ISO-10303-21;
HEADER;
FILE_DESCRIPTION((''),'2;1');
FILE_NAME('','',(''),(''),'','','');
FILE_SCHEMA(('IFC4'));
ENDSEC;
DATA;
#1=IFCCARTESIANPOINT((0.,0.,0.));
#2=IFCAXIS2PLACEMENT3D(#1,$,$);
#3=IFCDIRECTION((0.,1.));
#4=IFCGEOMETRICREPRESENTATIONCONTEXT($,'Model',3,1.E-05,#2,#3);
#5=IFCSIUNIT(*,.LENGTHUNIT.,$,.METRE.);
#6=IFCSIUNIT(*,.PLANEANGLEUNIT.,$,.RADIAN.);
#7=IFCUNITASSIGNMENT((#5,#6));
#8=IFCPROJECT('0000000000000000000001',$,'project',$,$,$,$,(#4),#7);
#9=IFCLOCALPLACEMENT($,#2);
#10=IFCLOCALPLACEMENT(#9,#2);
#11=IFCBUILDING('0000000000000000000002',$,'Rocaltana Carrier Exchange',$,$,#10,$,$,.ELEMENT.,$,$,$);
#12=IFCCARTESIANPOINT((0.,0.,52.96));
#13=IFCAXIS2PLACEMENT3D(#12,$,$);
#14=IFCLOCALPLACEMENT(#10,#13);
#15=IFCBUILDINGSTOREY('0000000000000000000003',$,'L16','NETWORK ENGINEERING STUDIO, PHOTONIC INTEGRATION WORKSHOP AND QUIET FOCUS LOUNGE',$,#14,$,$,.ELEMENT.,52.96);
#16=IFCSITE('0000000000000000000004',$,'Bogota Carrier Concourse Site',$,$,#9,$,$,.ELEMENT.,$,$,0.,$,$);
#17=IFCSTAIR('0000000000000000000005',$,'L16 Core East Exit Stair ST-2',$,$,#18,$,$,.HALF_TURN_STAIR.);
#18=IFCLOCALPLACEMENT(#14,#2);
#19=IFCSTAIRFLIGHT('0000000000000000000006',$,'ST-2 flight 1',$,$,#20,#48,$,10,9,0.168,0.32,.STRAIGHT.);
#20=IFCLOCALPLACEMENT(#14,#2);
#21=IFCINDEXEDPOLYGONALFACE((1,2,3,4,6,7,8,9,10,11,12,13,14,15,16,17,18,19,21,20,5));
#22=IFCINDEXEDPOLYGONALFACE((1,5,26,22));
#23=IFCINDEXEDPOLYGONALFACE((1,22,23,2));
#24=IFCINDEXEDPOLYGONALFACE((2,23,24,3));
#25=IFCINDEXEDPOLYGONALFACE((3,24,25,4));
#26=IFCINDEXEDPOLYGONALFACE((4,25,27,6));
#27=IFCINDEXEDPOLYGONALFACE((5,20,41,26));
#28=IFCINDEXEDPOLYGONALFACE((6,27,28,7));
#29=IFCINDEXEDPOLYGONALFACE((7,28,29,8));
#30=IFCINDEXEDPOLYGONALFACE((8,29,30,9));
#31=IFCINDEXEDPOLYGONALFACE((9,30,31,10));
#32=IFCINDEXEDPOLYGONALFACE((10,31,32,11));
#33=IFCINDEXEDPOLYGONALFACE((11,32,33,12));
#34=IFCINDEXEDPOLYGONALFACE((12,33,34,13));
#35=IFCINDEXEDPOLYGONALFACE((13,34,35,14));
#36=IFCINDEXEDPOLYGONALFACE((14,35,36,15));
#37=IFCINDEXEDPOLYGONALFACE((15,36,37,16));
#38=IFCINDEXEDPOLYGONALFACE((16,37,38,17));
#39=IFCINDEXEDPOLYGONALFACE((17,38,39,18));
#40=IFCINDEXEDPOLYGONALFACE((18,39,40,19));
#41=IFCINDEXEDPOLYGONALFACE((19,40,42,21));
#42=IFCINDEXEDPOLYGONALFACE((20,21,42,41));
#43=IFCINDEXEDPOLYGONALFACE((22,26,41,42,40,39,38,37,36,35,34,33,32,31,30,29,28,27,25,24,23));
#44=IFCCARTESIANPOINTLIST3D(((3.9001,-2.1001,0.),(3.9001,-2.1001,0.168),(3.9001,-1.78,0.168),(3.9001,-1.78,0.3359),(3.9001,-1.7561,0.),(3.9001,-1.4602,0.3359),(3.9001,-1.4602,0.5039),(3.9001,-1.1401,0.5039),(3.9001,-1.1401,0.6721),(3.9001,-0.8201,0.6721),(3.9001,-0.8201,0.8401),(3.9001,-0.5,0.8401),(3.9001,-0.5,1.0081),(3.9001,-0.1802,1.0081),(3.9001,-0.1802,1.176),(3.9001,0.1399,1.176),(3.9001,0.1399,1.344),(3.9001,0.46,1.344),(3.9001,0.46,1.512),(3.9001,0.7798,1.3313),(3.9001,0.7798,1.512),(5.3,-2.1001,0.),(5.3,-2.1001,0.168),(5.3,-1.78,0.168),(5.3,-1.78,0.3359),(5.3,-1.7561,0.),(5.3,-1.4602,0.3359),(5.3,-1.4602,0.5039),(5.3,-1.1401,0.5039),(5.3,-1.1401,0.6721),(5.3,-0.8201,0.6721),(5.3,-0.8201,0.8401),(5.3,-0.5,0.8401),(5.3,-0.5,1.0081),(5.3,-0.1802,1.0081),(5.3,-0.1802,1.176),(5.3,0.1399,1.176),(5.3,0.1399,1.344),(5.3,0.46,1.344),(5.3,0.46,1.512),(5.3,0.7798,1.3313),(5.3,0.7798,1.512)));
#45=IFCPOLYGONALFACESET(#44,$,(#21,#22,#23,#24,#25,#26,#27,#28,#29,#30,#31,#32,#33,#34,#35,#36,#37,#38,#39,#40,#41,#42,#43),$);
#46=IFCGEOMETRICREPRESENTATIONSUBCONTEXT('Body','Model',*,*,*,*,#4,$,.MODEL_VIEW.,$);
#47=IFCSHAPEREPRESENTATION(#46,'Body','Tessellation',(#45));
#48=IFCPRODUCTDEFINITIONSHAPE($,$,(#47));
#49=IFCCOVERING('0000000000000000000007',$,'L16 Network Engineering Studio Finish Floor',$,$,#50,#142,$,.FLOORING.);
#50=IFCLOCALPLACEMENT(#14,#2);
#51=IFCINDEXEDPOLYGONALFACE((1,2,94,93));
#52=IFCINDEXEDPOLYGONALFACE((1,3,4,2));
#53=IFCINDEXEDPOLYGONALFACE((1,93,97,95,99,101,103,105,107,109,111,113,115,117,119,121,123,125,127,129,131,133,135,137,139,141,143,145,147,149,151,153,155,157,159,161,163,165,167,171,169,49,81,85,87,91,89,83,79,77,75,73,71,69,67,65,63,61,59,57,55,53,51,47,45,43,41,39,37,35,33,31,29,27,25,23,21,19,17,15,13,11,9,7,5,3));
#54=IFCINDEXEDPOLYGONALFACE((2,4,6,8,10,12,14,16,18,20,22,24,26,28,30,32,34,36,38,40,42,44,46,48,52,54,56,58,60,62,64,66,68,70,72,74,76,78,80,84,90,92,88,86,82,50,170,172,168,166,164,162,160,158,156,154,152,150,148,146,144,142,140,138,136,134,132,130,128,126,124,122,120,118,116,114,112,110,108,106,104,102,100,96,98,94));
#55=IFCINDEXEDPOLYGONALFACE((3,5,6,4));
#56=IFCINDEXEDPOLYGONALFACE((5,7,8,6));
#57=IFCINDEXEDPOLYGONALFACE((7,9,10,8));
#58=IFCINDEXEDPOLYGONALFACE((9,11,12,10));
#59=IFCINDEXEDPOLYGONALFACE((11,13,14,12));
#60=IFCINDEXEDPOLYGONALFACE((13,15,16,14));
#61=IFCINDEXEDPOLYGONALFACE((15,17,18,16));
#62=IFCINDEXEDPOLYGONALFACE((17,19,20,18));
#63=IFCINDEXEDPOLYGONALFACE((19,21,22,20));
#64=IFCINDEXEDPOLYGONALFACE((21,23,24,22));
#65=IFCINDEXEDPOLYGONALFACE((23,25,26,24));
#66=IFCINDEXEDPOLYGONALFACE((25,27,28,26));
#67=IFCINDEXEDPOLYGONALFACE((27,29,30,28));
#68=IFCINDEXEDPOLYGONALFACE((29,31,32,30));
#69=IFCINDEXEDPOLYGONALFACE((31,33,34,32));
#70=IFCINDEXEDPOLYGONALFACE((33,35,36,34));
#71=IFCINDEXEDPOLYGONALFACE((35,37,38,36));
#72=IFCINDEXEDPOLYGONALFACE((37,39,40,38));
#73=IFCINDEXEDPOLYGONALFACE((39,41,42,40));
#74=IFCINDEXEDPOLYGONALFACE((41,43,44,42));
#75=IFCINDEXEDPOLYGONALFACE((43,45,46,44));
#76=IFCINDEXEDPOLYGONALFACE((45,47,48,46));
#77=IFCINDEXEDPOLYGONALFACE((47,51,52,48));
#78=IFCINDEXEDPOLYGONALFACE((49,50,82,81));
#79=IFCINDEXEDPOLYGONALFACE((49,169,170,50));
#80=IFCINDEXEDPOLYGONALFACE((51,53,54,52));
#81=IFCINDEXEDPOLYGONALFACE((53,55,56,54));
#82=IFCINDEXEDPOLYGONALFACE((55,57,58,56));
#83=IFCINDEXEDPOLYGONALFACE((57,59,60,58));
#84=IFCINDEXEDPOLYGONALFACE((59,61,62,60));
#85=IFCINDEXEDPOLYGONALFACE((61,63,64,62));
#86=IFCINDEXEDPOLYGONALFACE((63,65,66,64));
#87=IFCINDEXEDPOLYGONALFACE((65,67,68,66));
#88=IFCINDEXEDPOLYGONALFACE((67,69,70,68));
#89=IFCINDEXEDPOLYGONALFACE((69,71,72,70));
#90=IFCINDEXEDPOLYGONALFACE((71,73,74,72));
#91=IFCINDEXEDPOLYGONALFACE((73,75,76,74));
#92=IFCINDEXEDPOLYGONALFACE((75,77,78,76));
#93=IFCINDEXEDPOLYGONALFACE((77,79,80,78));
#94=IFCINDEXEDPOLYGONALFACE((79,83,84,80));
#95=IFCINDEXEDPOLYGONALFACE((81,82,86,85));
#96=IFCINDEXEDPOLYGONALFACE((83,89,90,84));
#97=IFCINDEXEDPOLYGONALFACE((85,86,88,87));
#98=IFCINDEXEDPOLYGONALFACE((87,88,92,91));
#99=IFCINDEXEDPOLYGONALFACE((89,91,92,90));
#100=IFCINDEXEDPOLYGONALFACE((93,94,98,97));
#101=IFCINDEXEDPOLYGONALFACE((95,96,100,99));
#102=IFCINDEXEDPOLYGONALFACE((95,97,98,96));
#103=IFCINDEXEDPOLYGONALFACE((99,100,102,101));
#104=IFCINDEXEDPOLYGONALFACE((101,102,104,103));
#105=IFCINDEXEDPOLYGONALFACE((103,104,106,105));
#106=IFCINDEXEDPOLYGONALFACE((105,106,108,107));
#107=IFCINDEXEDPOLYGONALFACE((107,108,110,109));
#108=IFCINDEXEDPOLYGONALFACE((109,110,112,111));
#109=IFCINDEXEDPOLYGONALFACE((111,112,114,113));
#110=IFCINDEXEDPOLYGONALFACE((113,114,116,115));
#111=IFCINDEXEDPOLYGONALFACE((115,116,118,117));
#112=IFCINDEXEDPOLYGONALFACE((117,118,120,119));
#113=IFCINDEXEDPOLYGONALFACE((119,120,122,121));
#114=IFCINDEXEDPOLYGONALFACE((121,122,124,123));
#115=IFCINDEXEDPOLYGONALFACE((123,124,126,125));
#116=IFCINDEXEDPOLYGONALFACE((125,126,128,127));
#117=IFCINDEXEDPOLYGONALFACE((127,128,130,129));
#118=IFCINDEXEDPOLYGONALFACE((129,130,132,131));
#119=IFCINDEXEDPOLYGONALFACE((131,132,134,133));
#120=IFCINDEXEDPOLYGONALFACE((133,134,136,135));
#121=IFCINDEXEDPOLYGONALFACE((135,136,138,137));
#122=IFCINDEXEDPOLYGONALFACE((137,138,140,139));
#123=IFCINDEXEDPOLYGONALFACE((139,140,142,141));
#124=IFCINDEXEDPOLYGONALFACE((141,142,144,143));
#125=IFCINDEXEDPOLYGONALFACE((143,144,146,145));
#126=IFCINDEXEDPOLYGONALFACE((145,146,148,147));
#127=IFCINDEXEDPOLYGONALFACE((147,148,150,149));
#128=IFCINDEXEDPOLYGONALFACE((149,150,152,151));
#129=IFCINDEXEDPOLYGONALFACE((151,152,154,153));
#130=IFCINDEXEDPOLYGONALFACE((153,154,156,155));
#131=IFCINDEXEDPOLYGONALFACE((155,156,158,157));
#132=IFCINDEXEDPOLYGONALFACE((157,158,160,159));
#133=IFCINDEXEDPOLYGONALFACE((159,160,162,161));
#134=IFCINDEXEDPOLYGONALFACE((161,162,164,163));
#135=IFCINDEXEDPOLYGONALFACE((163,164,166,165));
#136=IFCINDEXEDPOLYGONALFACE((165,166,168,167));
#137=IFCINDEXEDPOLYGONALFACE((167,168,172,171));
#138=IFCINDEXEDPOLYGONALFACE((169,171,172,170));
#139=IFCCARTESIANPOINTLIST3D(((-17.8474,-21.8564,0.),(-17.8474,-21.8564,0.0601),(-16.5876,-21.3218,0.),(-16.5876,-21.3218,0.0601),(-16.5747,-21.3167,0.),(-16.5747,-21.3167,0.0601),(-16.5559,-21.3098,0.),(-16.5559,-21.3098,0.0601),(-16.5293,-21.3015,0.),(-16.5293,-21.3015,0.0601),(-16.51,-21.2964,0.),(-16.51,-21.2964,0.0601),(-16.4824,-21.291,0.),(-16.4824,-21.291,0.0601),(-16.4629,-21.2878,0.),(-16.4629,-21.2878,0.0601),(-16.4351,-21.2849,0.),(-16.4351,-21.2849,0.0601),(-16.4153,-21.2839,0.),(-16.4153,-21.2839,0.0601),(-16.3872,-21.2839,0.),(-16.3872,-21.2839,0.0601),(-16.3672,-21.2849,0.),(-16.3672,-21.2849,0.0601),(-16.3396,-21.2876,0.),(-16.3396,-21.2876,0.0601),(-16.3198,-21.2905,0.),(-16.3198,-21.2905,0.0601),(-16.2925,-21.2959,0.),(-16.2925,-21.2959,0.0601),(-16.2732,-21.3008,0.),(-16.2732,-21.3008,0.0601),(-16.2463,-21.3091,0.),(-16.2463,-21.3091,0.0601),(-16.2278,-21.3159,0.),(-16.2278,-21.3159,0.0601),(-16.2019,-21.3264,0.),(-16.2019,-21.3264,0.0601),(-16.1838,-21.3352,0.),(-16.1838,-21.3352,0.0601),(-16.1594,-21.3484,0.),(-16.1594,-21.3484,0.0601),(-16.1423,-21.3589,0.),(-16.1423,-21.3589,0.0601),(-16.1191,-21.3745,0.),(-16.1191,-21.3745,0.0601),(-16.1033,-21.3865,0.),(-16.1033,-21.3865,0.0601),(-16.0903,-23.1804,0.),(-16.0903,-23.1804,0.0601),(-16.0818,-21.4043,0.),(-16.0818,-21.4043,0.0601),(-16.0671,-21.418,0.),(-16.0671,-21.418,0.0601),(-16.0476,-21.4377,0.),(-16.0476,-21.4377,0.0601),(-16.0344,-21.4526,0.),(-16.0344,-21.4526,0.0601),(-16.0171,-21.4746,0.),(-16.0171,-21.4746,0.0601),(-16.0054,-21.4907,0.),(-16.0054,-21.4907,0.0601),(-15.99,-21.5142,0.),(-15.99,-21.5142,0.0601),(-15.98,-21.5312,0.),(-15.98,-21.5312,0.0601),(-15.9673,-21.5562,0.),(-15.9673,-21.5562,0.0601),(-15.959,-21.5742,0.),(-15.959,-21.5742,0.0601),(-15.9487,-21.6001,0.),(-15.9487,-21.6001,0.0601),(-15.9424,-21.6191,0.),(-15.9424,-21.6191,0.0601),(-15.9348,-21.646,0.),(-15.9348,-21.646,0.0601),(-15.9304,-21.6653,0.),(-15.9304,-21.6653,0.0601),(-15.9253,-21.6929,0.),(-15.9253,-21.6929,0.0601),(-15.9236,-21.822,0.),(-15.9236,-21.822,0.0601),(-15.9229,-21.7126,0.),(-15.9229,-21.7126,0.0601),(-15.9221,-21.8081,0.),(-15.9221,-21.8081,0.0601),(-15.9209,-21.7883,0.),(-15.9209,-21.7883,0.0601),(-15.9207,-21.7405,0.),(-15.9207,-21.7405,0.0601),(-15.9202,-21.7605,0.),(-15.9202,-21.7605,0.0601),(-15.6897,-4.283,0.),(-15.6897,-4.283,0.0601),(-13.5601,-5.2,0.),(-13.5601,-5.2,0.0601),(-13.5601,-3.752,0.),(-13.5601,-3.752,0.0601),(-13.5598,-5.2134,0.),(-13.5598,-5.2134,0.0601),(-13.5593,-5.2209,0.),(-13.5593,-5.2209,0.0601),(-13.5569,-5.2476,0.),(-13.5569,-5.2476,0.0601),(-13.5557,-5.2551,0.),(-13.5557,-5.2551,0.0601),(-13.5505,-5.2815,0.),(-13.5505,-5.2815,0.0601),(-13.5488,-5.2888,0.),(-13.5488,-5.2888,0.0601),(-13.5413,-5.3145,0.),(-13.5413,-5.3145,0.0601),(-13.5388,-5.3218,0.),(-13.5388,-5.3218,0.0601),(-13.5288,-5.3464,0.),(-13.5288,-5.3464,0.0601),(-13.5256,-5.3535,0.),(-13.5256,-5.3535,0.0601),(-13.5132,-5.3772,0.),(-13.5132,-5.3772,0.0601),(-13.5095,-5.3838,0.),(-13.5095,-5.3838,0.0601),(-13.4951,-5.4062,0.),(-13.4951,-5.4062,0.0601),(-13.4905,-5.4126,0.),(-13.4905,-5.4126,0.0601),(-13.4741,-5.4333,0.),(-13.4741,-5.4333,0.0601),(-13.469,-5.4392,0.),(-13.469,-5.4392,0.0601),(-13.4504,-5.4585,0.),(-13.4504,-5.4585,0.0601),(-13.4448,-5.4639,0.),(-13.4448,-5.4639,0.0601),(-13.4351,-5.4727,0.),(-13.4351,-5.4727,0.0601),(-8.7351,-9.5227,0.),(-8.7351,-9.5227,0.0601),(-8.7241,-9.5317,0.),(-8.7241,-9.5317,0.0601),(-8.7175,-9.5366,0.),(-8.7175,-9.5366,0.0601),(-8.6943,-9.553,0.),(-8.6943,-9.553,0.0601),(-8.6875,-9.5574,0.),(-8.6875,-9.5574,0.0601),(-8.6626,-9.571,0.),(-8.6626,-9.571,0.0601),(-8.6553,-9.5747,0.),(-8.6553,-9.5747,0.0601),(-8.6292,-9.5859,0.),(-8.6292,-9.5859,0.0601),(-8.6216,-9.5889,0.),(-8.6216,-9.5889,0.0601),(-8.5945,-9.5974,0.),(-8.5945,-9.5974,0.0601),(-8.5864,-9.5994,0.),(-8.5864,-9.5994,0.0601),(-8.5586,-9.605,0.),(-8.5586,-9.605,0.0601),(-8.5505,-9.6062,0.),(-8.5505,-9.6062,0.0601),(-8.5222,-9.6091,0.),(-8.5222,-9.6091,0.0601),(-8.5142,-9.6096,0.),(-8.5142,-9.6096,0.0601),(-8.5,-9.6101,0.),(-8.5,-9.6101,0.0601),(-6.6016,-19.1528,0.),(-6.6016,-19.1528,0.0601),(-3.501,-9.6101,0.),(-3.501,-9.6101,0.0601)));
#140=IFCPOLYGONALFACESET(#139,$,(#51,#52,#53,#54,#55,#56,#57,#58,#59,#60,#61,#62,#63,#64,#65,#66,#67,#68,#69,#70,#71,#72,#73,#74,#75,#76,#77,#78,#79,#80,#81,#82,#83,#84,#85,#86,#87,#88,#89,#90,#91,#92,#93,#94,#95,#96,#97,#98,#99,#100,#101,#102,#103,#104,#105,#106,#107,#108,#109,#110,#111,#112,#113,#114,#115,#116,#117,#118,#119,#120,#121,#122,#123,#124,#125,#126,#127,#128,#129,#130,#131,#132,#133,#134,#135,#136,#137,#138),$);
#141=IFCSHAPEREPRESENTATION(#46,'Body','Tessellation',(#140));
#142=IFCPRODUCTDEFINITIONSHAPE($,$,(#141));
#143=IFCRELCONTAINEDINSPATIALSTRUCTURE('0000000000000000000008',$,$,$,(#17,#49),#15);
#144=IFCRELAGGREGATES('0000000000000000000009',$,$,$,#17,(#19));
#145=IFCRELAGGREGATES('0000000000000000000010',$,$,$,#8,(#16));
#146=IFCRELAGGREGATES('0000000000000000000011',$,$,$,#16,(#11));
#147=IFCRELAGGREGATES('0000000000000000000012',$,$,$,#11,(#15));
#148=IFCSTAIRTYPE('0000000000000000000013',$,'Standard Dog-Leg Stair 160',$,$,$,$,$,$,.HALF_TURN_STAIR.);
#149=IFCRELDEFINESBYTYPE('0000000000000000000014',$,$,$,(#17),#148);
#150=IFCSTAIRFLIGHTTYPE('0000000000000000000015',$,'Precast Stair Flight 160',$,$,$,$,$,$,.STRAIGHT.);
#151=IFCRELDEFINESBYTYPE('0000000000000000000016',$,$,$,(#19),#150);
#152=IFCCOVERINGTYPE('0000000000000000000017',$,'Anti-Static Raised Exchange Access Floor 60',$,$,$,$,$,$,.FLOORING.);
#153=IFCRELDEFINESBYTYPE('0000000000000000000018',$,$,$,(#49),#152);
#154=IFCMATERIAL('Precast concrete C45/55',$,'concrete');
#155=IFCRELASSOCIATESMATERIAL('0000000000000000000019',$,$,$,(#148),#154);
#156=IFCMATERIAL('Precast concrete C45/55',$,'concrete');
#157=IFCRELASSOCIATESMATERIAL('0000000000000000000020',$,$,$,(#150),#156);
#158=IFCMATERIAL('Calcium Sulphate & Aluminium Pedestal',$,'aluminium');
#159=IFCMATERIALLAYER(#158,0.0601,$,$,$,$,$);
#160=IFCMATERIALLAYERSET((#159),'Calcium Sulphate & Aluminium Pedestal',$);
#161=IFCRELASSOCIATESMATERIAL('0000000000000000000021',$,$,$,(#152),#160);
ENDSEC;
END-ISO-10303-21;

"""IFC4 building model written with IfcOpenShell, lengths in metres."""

from ifc_helpers import new_model, si_unit, direction, frame, origin, place, context, subcontext, project, spatial, polyline, outline, extrude, material, layer, layer_set, type_object, element, aggregate, save


model = new_model("IFC4")

# Units and contexts
model_context = context("Model", 3, precision=1e-05, world=origin(), true_north=direction((0.0, 1.0)))
body_context = subcontext(model_context, "Body", "Model", "MODEL_VIEW")
ifc_project = project(units=[si_unit("LENGTHUNIT", "METRE"), si_unit("PLANEANGLEUNIT", "RADIAN")], contexts=[model_context])

# Site, building, storey
site_placement = place(None, origin())
site = spatial("IfcSite", under=ifc_project, at=site_placement, Name="Bogota Carrier Concourse Site", CompositionType="ELEMENT", RefElevation=0.0)
building_placement = place(site_placement, origin())
building = spatial("IfcBuilding", under=site, at=building_placement, Name="Rocaltana Carrier Exchange", CompositionType="ELEMENT")
storey_placement = place(building_placement, frame((0.0, 0.0, 52.96)))
storey = spatial("IfcBuildingStorey", under=building, at=storey_placement, Name="L16", Description="NETWORK ENGINEERING STUDIO, PHOTONIC INTEGRATION WORKSHOP AND QUIET FOCUS LOUNGE", CompositionType="ELEMENT", Elevation=52.96)

# Stair
ifc_material_1 = material(Name="Precast concrete C45/55", Category="concrete")
stair_type = type_object("IfcStairType", Name="Standard Dog-Leg Stair 160", PredefinedType="HALF_TURN_STAIR", material=ifc_material_1)
stair_1_placement = place(storey_placement, origin())
stair_1 = element("IfcStair", 1, at=stair_1_placement, inside=storey, type_object=stair_type, Name="L16 Core East Exit Stair ST-2", PredefinedType="HALF_TURN_STAIR")

# Stair flight
ifc_material_2 = material(Name="Precast concrete C45/55", Category="concrete")
stair_flight_type = type_object("IfcStairFlightType", Name="Precast Stair Flight 160", PredefinedType="STRAIGHT", material=ifc_material_2)
stair_flight_placement = place(storey_placement, frame((4.6001, -2.1001, 0.0), z_axis=(0.0, 0.0, 1.0), x_axis=(0.0, 1.0, 0.0)))
stair_flight = element("IfcStairFlight", 2, at=stair_flight_placement, type_object=stair_flight_type, Name="ST-2 flight 1", NumberOfRisers=10, NumberOfTreads=9, PredefinedType="STRAIGHT", RiserHeight=0.168, TreadLength=0.32, context=body_context, shape_type="SweptSolid", body=[
    extrude(outline(polyline([(0.0, 0.0), (0.0, 0.168), (0.3201, 0.168), (0.3201, 0.3359), (0.6399, 0.3359), (0.6399, 0.5039), (0.96, 0.5039), (0.96, 0.6721), (1.28, 0.6721), (1.28, 0.8401), (1.6001, 0.8401), (1.6001, 1.0081), (1.9199, 1.0081), (1.9199, 1.176), (2.24, 1.176), (2.24, 1.344), (2.5601, 1.344), (2.5601, 1.512), (2.8799, 1.512), (2.8799, 1.6799), (2.8799, 1.3313), (0.344, 0.0), (0.0, 0.0)])), frame((0.0, 0.7, 0.0), z_axis=(0.0, -1.0, 0.0), x_axis=(1.0, 0.0, 0.0)), (0.0, 0.0, 1.0), 1.3999),
])
aggregate(stair_1, [stair_flight])

# Covering
ifc_material_3 = material(Name="Calcium Sulphate & Aluminium Pedestal", Category="aluminium")
ifc_layer_1 = layer(ifc_material_3, 0.0601)
ifc_layer_set_1 = layer_set([ifc_layer_1], Name="Calcium Sulphate & Aluminium Pedestal")
covering_type_1 = type_object("IfcCoveringType", Name="Anti-Static Raised Exchange Access Floor 60", PredefinedType="FLOORING", material=ifc_layer_set_1)
covering_1_placement = place(storey_placement, origin())
element("IfcCovering", 3, at=covering_1_placement, inside=storey, type_object=covering_type_1, Name="L16 Network Engineering Studio Finish Floor", PredefinedType="FLOORING", context=body_context, shape_type="SweptSolid", body=[
    extrude(outline(polyline([(-15.9236, -21.822), (-15.9221, -21.8081), (-15.9209, -21.7883), (-15.9202, -21.7605), (-15.9207, -21.7405), (-15.9229, -21.7126), (-15.9253, -21.6929), (-15.9304, -21.6653), (-15.9348, -21.646), (-15.9424, -21.6191), (-15.9487, -21.6001), (-15.959, -21.5742), (-15.9673, -21.5562), (-15.98, -21.5312), (-15.99, -21.5142), (-16.0054, -21.4907), (-16.0171, -21.4746), (-16.0344, -21.4526), (-16.0476, -21.4377), (-16.0671, -21.418), (-16.0818, -21.4043), (-16.1033, -21.3865), (-16.1191, -21.3745), (-16.1423, -21.3589), (-16.1594, -21.3484), (-16.1838, -21.3352), (-16.2019, -21.3264), (-16.2278, -21.3159), (-16.2463, -21.3091), (-16.2732, -21.3008), (-16.2925, -21.2959), (-16.3198, -21.2905), (-16.3396, -21.2876), (-16.3672, -21.2849), (-16.3872, -21.2839), (-16.4153, -21.2839), (-16.4351, -21.2849), (-16.4629, -21.2878), (-16.4824, -21.291), (-16.51, -21.2964), (-16.5293, -21.3015), (-16.5559, -21.3098), (-16.5747, -21.3167), (-16.5876, -21.3218), (-17.8474, -21.8564), (-15.6897, -4.283), (-13.5601, -3.752), (-13.5601, -5.2), (-13.5598, -5.2134), (-13.5593, -5.2209), (-13.5569, -5.2476), (-13.5557, -5.2551), (-13.5505, -5.2815), (-13.5488, -5.2888), (-13.5413, -5.3145), (-13.5388, -5.3218), (-13.5288, -5.3464), (-13.5256, -5.3535), (-13.5132, -5.3772), (-13.5095, -5.3838), (-13.4951, -5.4062), (-13.4905, -5.4126), (-13.4741, -5.4333), (-13.469, -5.4392), (-13.4504, -5.4585), (-13.4448, -5.4639), (-13.4351, -5.4727), (-8.7351, -9.5227), (-8.7241, -9.5317), (-8.7175, -9.5366), (-8.6943, -9.553), (-8.6875, -9.5574), (-8.6626, -9.571), (-8.6553, -9.5747), (-8.6292, -9.5859), (-8.6216, -9.5889), (-8.5945, -9.5974), (-8.5864, -9.5994), (-8.5586, -9.605), (-8.5505, -9.6062), (-8.5222, -9.6091), (-8.5142, -9.6096), (-8.5, -9.6101), (-3.501, -9.6101), (-6.6016, -19.1528), (-16.0903, -23.1804), (-15.9236, -21.822)])), origin(), (0.0, 0.0, 1.0), 0.0601),
])

save(model, "model.ifc")
